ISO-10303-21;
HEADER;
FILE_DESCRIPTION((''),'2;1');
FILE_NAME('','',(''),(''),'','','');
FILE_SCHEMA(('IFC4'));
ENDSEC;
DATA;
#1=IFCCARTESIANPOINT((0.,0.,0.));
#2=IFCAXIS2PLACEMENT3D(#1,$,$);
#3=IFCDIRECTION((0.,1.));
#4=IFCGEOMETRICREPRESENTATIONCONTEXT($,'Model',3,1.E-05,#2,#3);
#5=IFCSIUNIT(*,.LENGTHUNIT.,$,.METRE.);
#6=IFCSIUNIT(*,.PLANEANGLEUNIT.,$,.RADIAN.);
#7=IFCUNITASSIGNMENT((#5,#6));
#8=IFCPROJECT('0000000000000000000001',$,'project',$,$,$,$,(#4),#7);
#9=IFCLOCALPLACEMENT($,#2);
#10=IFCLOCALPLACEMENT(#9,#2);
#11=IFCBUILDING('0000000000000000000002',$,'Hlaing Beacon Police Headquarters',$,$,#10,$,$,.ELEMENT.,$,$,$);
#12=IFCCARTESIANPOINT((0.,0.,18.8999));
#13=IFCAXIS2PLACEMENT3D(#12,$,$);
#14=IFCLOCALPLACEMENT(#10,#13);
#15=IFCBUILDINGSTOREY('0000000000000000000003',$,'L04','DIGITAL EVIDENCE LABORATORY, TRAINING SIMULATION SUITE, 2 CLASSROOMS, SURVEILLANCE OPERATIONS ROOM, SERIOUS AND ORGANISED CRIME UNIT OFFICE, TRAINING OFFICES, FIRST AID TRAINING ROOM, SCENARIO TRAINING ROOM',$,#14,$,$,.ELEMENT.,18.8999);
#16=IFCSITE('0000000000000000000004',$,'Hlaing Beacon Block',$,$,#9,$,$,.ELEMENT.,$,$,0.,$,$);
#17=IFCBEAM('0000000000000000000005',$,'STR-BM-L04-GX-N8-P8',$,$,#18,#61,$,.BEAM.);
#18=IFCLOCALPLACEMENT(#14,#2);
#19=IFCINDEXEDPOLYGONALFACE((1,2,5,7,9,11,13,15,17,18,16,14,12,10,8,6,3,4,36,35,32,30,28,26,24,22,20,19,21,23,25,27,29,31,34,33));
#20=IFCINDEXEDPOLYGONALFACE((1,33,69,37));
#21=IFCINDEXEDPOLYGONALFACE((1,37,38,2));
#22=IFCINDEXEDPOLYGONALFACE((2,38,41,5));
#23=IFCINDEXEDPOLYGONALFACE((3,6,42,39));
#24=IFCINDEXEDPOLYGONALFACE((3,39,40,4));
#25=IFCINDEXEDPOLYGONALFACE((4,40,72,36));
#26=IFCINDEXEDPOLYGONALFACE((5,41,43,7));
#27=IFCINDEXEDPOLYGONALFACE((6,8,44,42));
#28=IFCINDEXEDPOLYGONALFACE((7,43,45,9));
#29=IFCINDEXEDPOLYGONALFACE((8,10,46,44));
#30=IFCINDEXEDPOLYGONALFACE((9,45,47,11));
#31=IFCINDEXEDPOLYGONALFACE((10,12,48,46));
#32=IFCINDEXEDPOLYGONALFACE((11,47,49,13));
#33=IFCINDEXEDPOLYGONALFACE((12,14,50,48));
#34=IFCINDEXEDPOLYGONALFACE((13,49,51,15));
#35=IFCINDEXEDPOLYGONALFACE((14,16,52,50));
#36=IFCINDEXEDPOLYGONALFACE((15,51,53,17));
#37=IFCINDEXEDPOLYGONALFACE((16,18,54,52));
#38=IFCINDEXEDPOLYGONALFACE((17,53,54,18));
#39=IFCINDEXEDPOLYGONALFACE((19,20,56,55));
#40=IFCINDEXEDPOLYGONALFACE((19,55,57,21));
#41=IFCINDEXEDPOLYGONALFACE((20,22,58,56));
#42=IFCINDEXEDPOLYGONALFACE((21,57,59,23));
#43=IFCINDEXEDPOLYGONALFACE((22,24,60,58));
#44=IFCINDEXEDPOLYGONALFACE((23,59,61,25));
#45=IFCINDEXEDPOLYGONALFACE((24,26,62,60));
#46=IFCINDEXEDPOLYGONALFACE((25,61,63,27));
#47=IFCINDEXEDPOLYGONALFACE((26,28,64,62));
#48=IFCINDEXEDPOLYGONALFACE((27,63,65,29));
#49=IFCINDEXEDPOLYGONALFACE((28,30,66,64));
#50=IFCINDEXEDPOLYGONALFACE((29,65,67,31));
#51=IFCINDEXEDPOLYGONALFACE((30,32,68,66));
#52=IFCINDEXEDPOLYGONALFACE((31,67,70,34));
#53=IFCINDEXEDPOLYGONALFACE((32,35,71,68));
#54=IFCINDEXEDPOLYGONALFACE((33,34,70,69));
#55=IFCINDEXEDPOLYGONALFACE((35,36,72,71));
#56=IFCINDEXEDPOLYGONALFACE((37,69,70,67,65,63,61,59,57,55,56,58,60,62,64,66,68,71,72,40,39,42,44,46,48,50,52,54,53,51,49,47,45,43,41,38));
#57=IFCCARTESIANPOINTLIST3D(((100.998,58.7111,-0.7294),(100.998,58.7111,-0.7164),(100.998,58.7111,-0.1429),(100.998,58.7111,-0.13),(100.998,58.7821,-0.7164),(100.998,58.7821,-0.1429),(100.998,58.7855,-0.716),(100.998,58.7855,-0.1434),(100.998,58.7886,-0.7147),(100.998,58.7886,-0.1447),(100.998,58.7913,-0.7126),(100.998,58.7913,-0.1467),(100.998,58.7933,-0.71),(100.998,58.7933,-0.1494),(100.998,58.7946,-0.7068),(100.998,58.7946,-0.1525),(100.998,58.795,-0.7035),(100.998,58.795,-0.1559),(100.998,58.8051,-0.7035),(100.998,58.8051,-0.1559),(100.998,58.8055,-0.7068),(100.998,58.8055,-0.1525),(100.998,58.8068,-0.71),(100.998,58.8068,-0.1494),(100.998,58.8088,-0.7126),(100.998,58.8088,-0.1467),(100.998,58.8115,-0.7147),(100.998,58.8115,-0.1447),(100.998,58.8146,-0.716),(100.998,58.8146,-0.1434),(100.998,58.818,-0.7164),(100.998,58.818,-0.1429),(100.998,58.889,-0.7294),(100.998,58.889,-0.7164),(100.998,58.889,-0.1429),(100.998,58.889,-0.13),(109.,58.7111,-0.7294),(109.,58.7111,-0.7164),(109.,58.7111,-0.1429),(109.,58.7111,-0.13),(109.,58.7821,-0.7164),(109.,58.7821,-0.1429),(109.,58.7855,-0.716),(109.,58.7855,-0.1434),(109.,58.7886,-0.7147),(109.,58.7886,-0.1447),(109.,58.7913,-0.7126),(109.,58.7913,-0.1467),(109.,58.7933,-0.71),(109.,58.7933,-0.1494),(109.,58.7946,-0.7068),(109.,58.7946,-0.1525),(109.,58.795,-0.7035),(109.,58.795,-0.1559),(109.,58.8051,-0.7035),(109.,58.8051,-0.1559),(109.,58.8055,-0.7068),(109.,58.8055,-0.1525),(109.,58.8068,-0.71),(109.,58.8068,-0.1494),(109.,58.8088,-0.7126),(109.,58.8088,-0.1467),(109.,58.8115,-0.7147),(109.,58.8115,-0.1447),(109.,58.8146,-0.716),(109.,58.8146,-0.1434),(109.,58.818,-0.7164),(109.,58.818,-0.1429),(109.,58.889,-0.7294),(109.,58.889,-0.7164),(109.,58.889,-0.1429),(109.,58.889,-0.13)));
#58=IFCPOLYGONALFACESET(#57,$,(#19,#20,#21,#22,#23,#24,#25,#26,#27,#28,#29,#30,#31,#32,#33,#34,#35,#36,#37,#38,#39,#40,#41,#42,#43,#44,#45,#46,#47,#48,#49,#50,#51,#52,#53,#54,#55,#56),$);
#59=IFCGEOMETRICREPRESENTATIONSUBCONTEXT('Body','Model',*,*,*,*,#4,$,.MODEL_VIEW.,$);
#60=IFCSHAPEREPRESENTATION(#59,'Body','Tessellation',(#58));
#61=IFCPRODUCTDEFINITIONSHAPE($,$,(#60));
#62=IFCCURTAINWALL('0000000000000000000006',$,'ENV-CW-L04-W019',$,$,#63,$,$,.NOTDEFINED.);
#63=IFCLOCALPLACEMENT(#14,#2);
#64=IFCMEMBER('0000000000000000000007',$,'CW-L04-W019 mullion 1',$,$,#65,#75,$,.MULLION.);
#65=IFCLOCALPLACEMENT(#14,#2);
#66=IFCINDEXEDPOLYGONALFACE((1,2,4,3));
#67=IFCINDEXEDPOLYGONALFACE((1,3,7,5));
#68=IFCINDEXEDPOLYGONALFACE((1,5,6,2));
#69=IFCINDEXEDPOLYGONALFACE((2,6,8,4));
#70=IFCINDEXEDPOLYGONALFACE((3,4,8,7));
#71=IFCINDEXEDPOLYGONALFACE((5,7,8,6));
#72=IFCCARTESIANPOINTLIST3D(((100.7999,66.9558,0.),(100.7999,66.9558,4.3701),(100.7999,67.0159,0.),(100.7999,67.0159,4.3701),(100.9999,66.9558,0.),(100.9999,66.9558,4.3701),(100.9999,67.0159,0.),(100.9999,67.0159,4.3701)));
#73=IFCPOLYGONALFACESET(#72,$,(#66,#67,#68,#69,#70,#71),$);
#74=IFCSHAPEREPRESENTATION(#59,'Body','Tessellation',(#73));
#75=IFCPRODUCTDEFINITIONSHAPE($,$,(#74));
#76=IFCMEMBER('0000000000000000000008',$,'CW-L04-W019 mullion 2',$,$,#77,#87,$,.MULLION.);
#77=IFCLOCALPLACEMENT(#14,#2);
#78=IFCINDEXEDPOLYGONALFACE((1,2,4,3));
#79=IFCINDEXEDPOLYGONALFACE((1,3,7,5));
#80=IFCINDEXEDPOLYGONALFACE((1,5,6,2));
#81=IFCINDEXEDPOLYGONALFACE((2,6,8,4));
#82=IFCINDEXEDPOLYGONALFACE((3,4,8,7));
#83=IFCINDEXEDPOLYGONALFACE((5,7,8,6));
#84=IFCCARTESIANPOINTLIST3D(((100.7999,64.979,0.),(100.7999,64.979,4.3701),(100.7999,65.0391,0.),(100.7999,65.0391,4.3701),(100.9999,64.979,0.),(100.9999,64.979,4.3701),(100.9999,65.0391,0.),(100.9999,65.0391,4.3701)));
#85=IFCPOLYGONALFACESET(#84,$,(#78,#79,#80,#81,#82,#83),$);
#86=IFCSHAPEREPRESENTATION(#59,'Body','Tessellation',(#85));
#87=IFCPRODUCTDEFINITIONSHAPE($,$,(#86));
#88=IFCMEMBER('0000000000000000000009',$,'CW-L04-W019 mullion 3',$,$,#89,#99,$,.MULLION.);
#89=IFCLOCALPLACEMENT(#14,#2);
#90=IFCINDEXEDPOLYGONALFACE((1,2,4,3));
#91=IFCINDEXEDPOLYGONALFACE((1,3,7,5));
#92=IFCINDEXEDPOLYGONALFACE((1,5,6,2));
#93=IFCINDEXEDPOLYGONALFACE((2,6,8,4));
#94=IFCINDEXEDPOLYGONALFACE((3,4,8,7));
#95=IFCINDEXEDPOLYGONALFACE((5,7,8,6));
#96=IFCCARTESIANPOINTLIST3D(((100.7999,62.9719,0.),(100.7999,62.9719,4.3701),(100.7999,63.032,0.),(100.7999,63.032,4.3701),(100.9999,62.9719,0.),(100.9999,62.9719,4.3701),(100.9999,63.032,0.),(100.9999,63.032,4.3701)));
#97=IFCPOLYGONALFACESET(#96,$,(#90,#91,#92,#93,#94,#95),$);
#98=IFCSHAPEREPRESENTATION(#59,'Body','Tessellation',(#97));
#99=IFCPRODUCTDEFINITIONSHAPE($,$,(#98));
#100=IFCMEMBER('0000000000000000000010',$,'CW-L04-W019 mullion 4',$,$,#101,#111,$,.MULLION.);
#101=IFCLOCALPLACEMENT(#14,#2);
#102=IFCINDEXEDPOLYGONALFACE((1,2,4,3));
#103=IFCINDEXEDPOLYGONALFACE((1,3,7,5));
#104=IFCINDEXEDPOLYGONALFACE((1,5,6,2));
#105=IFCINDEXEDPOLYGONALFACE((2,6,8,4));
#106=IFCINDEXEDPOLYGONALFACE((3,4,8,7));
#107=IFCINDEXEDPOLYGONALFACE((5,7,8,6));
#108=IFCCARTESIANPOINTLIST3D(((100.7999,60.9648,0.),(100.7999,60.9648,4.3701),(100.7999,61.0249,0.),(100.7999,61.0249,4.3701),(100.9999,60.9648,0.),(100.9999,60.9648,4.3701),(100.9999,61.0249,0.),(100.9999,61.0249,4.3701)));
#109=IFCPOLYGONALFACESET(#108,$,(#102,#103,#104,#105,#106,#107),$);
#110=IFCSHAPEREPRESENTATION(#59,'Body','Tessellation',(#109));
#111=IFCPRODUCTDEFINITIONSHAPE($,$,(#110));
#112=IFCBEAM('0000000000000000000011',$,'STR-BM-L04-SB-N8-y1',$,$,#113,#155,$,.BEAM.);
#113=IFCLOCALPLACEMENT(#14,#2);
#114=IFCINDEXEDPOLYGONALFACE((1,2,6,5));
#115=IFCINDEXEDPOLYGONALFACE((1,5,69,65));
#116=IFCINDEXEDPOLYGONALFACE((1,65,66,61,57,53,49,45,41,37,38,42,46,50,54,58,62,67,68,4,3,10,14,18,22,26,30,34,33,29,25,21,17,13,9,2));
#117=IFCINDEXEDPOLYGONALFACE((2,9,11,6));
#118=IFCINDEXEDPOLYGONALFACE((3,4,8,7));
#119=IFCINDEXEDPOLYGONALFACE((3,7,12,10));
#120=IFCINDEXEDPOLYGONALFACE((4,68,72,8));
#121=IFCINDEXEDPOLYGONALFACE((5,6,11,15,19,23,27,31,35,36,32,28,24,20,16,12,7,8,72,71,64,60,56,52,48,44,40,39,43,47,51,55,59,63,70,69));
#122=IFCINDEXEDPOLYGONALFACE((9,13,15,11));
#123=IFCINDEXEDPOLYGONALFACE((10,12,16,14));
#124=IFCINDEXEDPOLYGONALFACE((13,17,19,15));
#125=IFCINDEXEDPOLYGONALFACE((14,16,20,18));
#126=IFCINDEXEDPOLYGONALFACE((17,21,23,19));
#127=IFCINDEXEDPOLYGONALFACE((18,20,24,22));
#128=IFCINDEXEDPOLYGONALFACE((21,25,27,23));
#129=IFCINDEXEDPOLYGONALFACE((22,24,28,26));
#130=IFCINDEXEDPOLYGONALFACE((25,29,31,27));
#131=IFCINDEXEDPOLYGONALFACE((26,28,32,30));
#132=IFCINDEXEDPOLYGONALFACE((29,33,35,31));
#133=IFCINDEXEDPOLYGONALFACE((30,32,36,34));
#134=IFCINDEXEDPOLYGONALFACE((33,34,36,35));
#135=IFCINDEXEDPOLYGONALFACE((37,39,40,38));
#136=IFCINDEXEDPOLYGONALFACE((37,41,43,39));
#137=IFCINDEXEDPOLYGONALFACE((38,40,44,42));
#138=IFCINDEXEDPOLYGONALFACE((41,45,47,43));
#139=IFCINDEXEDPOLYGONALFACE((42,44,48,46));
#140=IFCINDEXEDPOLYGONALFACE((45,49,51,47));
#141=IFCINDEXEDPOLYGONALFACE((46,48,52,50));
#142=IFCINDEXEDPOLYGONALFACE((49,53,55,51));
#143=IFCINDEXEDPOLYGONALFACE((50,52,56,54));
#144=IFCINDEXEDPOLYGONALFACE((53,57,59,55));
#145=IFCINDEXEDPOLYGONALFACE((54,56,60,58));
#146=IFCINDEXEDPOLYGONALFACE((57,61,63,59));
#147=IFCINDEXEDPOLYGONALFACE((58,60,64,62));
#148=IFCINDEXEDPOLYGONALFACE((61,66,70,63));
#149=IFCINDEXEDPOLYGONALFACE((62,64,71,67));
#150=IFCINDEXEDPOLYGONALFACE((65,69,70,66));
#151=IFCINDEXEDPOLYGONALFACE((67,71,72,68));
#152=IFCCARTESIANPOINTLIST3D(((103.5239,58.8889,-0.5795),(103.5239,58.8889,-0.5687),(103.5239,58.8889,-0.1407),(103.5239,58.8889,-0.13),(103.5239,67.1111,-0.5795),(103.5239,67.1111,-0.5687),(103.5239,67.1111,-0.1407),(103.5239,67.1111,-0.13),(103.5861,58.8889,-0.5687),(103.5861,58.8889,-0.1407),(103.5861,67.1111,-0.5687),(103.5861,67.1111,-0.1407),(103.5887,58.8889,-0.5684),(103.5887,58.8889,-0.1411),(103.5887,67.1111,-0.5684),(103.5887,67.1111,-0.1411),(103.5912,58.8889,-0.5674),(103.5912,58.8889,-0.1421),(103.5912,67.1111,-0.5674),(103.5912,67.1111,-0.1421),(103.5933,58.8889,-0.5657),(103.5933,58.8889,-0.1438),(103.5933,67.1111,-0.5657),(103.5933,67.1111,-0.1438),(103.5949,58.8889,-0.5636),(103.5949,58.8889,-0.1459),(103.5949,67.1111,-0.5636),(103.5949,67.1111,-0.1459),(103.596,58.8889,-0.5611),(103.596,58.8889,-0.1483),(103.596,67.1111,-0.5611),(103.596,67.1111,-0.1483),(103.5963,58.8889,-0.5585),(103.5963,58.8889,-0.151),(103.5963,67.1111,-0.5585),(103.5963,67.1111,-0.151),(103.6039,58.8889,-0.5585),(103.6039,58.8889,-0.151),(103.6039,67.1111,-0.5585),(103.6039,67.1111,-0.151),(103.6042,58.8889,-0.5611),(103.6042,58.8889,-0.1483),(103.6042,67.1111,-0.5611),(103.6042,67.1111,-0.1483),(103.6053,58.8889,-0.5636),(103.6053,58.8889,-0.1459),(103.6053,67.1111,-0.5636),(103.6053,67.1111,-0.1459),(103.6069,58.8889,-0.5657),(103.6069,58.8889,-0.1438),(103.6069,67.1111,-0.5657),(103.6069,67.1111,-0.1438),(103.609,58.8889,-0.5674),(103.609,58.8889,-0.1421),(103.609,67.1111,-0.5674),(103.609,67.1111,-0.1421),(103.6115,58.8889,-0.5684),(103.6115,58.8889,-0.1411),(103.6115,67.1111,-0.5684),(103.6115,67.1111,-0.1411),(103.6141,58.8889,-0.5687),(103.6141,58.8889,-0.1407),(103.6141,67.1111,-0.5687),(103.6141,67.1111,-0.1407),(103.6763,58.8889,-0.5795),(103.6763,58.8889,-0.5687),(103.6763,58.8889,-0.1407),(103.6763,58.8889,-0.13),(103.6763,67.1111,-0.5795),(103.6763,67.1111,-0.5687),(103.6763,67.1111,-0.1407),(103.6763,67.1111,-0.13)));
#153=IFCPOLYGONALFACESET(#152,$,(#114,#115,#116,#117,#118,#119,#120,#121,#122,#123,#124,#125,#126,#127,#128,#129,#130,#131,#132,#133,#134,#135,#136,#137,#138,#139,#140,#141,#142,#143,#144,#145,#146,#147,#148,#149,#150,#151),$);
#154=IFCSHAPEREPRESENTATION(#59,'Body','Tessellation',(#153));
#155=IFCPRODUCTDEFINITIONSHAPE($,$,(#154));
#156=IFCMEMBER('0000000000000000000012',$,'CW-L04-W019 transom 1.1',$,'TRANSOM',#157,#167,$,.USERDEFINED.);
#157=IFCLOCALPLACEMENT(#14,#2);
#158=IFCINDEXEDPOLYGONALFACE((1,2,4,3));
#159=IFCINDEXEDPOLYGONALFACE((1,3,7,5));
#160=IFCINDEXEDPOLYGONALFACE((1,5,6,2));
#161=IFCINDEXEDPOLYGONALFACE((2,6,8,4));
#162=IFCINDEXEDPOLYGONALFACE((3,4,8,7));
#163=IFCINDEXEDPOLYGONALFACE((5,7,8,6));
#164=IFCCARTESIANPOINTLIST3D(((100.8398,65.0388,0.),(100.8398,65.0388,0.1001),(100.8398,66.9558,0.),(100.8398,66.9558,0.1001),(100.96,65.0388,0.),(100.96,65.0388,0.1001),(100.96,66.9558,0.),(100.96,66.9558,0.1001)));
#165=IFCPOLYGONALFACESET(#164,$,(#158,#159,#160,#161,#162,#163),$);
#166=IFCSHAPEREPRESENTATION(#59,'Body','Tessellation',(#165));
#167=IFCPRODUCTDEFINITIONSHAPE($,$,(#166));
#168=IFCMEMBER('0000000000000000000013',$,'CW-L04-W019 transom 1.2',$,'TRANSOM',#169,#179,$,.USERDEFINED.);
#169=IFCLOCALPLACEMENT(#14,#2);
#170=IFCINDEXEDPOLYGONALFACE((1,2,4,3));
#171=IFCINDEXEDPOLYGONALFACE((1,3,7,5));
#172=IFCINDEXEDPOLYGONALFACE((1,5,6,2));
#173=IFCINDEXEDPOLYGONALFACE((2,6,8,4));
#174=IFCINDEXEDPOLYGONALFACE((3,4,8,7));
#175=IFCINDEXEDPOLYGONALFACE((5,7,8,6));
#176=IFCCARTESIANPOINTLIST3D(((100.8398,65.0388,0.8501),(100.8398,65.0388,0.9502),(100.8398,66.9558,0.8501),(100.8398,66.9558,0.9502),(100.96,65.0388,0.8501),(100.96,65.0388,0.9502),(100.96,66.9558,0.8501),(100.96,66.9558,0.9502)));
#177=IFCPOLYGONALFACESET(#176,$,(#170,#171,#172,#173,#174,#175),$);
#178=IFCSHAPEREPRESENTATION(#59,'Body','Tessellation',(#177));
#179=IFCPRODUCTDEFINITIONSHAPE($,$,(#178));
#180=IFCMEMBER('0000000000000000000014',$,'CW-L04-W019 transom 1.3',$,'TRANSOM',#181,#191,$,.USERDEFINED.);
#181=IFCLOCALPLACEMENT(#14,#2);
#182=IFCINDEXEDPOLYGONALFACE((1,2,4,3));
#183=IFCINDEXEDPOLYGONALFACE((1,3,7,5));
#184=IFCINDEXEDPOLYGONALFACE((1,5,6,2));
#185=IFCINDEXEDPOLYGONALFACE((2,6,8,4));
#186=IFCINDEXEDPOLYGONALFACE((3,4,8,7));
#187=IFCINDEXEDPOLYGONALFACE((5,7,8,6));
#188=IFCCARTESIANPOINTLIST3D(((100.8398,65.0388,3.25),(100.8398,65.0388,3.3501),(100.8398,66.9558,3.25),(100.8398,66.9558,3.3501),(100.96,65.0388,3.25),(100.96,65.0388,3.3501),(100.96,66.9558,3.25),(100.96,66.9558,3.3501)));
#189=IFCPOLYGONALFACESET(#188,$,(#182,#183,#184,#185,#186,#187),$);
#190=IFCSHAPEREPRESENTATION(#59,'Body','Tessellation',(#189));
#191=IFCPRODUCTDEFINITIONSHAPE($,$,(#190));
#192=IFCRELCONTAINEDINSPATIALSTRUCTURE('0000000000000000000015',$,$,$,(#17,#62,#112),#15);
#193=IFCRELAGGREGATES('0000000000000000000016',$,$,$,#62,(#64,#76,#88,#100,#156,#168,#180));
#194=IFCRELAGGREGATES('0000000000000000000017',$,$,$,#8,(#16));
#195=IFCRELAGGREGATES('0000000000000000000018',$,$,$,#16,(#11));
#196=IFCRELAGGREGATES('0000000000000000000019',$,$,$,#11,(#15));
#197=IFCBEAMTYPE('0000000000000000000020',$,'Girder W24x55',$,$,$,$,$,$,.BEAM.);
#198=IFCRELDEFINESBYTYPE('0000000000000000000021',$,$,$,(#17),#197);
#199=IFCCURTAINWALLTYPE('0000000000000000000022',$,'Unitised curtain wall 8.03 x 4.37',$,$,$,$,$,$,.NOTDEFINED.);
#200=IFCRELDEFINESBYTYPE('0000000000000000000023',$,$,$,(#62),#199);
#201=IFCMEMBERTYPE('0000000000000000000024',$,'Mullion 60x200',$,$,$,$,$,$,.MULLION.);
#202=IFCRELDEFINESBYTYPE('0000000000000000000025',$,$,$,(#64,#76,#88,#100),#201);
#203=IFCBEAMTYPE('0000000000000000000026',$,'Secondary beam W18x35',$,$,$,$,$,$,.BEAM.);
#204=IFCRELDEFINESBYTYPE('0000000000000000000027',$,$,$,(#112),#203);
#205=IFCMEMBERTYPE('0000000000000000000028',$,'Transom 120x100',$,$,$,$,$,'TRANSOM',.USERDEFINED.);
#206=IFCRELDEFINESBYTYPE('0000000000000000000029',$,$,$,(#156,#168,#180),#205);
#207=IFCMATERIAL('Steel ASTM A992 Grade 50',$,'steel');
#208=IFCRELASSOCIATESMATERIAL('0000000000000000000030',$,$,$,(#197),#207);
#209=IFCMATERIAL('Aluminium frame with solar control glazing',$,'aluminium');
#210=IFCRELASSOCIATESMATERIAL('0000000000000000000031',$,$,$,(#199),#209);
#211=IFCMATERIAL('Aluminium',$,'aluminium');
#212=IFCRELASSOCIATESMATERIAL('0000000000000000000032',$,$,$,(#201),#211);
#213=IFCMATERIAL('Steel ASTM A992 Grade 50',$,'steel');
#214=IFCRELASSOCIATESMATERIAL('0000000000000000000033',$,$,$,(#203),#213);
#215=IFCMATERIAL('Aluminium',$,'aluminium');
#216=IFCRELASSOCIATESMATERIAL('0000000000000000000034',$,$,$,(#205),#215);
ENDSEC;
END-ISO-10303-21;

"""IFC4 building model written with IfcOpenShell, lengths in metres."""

from ifc_helpers import new_model, si_unit, direction, frame, origin, origin_2d, place, context, subcontext, project, spatial, rectangle, i_section, extrude, material, material_profile, profile_set, type_object, element, aggregate, save


model = new_model("IFC4")

# Units and contexts
model_context = context("Model", 3, precision=1e-05, world=origin(), true_north=direction((0.0, 1.0)))
body_context = subcontext(model_context, "Body", "Model", "MODEL_VIEW")
ifc_project = project(units=[si_unit("LENGTHUNIT", "METRE"), si_unit("PLANEANGLEUNIT", "RADIAN")], contexts=[model_context])

# Site, building, storey
site_placement = place(None, origin())
site = spatial("IfcSite", under=ifc_project, at=site_placement, Name="Hlaing Beacon Block", CompositionType="ELEMENT", RefElevation=0.0)
building_placement = place(site_placement, origin())
building = spatial("IfcBuilding", under=site, at=building_placement, Name="Hlaing Beacon Police Headquarters", CompositionType="ELEMENT")
storey_placement = place(building_placement, frame((0.0, 0.0, 18.8999)))
storey = spatial("IfcBuildingStorey", under=building, at=storey_placement, Name="L04", Description="DIGITAL EVIDENCE LABORATORY, TRAINING SIMULATION SUITE, 2 CLASSROOMS, SURVEILLANCE OPERATIONS ROOM, SERIOUS AND ORGANISED CRIME UNIT OFFICE, TRAINING OFFICES, FIRST AID TRAINING ROOM, SCENARIO TRAINING ROOM", CompositionType="ELEMENT", Elevation=18.8999)

# Beam
ifc_material_1 = material(Name="Steel ASTM A992 Grade 50", Category="steel")
ifc_material_profile_1 = material_profile(ifc_material_1, i_section(OverallWidth=0.178, OverallDepth=0.5994, WebThickness=0.01, FlangeThickness=0.0129, FilletRadius=0.0129, at=origin_2d()), Name="W24x55")
ifc_profile_set_1 = profile_set([ifc_material_profile_1], Name="Steel ASTM A992 Grade 50")
beam_type_1 = type_object("IfcBeamType", Name="Girder W24x55", PredefinedType="BEAM", material=ifc_profile_set_1)
beam_1_placement = place(storey_placement, frame((100.998, 58.8, -0.4297), z_axis=(1.0, 0.0, 0.0), x_axis=(0.0, 1.0, 0.0)))
element("IfcBeam", 1, at=beam_1_placement, inside=storey, type_object=beam_type_1, Name="STR-BM-L04-GX-N8-P8", PredefinedType="BEAM", context=body_context, shape_type="SweptSolid", body=[
    extrude(i_section(OverallWidth=0.178, OverallDepth=0.5994, WebThickness=0.01, FlangeThickness=0.0129, FilletRadius=0.0129, at=origin_2d()), origin(), (0.0, 0.0, 1.0), 8.002),
])

# Curtain wall, members
ifc_material_2 = material(Name="Aluminium frame with solar control glazing", Category="aluminium")
curtain_wall_type = type_object("IfcCurtainWallType", Name="Unitised curtain wall 8.03 x 4.37", PredefinedType="NOTDEFINED", material=ifc_material_2)
curtain_wall_placement = place(storey_placement, origin())
curtain_wall = element("IfcCurtainWall", 2, at=curtain_wall_placement, inside=storey, type_object=curtain_wall_type, Name="ENV-CW-L04-W019", PredefinedType="NOTDEFINED")
ifc_material_3 = material(Name="Aluminium", Category="aluminium")
ifc_material_profile_2 = material_profile(ifc_material_3, rectangle(XDim=0.2, YDim=0.0601, at=origin_2d()), Name="Mullion 60x200")
ifc_profile_set_2 = profile_set([ifc_material_profile_2], Name="Aluminium")
member_type_1 = type_object("IfcMemberType", Name="Mullion 60x200", PredefinedType="MULLION", material=ifc_profile_set_2)
member_1_placement = place(storey_placement, frame((100.8999, 66.9858, 0.0), z_axis=(0.0, 0.0, 1.0), x_axis=(1.0, 0.0, 0.0)))
member_1 = element("IfcMember", 3, at=member_1_placement, type_object=member_type_1, Name="CW-L04-W019 mullion 1", PredefinedType="MULLION", context=body_context, shape_type="SweptSolid", body=[
    extrude(rectangle(XDim=0.2, YDim=0.0601, at=origin_2d()), origin(), (0.0, 0.0, 1.0), 4.3701),
])
member_2_placement = place(storey_placement, frame((100.8999, 65.009, 0.0), z_axis=(0.0, 0.0, 1.0), x_axis=(1.0, 0.0, 0.0)))
member_2 = element("IfcMember", 4, at=member_2_placement, type_object=member_type_1, Name="CW-L04-W019 mullion 2", PredefinedType="MULLION", context=body_context, shape_type="SweptSolid", body=[
    extrude(rectangle(XDim=0.2, YDim=0.0601, at=origin_2d()), origin(), (0.0, 0.0, 1.0), 4.3701),
])
member_3_placement = place(storey_placement, frame((100.8999, 63.002, 0.0), z_axis=(0.0, 0.0, 1.0), x_axis=(1.0, 0.0, 0.0)))
member_3 = element("IfcMember", 5, at=member_3_placement, type_object=member_type_1, Name="CW-L04-W019 mullion 3", PredefinedType="MULLION", context=body_context, shape_type="SweptSolid", body=[
    extrude(rectangle(XDim=0.2, YDim=0.0601, at=origin_2d()), origin(), (0.0, 0.0, 1.0), 4.3701),
])
member_4_placement = place(storey_placement, frame((100.8999, 60.9949, 0.0), z_axis=(0.0, 0.0, 1.0), x_axis=(1.0, 0.0, 0.0)))
member_4 = element("IfcMember", 6, at=member_4_placement, type_object=member_type_1, Name="CW-L04-W019 mullion 4", PredefinedType="MULLION", context=body_context, shape_type="SweptSolid", body=[
    extrude(rectangle(XDim=0.2, YDim=0.0601, at=origin_2d()), origin(), (0.0, 0.0, 1.0), 4.3701),
])

# Beam
ifc_material_4 = material(Name="Steel ASTM A992 Grade 50", Category="steel")
ifc_material_profile_3 = material_profile(ifc_material_4, i_section(OverallWidth=0.1523, OverallDepth=0.4495, WebThickness=0.0076, FlangeThickness=0.0107, FilletRadius=0.0103, at=origin_2d()), Name="W18x35")
ifc_profile_set_3 = profile_set([ifc_material_profile_3], Name="Steel ASTM A992 Grade 50")
beam_type_2 = type_object("IfcBeamType", Name="Secondary beam W18x35", PredefinedType="BEAM", material=ifc_profile_set_3)
beam_2_placement = place(storey_placement, frame((103.6001, 58.8889, -0.3547), z_axis=(0.0, 1.0, 0.0), x_axis=(-1.0, 0.0, 0.0)))
element("IfcBeam", 7, at=beam_2_placement, inside=storey, type_object=beam_type_2, Name="STR-BM-L04-SB-N8-y1", PredefinedType="BEAM", context=body_context, shape_type="SweptSolid", body=[
    extrude(i_section(OverallWidth=0.1523, OverallDepth=0.4495, WebThickness=0.0076, FlangeThickness=0.0107, FilletRadius=0.0103, at=origin_2d()), origin(), (0.0, 0.0, 1.0), 8.2222),
])

# Members
ifc_material_5 = material(Name="Aluminium", Category="aluminium")
ifc_material_profile_4 = material_profile(ifc_material_5, rectangle(XDim=0.1201, YDim=0.1001, at=origin_2d()), Name="Transom 120x100")
ifc_profile_set_4 = profile_set([ifc_material_profile_4], Name="Aluminium")
member_type_2 = type_object("IfcMemberType", Name="Transom 120x100", ElementType="TRANSOM", PredefinedType="USERDEFINED", material=ifc_profile_set_4)
member_5_placement = place(storey_placement, frame((100.8999, 66.9558, 0.05), z_axis=(0.0, -1.0, 0.0), x_axis=(1.0, 0.0, 0.0)))
member_5 = element("IfcMember", 8, at=member_5_placement, type_object=member_type_2, Name="CW-L04-W019 transom 1.1", ObjectType="TRANSOM", PredefinedType="USERDEFINED", context=body_context, shape_type="SweptSolid", body=[
    extrude(rectangle(XDim=0.1201, YDim=0.1001, at=origin_2d()), origin(), (0.0, 0.0, 1.0), 1.917),
])
member_6_placement = place(storey_placement, frame((100.8999, 66.9558, 0.9001), z_axis=(0.0, -1.0, 0.0), x_axis=(1.0, 0.0, 0.0)))
member_6 = element("IfcMember", 9, at=member_6_placement, type_object=member_type_2, Name="CW-L04-W019 transom 1.2", ObjectType="TRANSOM", PredefinedType="USERDEFINED", context=body_context, shape_type="SweptSolid", body=[
    extrude(rectangle(XDim=0.1201, YDim=0.1001, at=origin_2d()), origin(), (0.0, 0.0, 1.0), 1.917),
])
member_7_placement = place(storey_placement, frame((100.8999, 66.9558, 3.3), z_axis=(0.0, -1.0, 0.0), x_axis=(1.0, 0.0, 0.0)))
member_7 = element("IfcMember", 10, at=member_7_placement, type_object=member_type_2, Name="CW-L04-W019 transom 1.3", ObjectType="TRANSOM", PredefinedType="USERDEFINED", context=body_context, shape_type="SweptSolid", body=[
    extrude(rectangle(XDim=0.1201, YDim=0.1001, at=origin_2d()), origin(), (0.0, 0.0, 1.0), 1.917),
])

aggregate(curtain_wall, [member_1, member_2, member_3, member_4, member_5, member_6, member_7])

save(model, "model.ifc")
